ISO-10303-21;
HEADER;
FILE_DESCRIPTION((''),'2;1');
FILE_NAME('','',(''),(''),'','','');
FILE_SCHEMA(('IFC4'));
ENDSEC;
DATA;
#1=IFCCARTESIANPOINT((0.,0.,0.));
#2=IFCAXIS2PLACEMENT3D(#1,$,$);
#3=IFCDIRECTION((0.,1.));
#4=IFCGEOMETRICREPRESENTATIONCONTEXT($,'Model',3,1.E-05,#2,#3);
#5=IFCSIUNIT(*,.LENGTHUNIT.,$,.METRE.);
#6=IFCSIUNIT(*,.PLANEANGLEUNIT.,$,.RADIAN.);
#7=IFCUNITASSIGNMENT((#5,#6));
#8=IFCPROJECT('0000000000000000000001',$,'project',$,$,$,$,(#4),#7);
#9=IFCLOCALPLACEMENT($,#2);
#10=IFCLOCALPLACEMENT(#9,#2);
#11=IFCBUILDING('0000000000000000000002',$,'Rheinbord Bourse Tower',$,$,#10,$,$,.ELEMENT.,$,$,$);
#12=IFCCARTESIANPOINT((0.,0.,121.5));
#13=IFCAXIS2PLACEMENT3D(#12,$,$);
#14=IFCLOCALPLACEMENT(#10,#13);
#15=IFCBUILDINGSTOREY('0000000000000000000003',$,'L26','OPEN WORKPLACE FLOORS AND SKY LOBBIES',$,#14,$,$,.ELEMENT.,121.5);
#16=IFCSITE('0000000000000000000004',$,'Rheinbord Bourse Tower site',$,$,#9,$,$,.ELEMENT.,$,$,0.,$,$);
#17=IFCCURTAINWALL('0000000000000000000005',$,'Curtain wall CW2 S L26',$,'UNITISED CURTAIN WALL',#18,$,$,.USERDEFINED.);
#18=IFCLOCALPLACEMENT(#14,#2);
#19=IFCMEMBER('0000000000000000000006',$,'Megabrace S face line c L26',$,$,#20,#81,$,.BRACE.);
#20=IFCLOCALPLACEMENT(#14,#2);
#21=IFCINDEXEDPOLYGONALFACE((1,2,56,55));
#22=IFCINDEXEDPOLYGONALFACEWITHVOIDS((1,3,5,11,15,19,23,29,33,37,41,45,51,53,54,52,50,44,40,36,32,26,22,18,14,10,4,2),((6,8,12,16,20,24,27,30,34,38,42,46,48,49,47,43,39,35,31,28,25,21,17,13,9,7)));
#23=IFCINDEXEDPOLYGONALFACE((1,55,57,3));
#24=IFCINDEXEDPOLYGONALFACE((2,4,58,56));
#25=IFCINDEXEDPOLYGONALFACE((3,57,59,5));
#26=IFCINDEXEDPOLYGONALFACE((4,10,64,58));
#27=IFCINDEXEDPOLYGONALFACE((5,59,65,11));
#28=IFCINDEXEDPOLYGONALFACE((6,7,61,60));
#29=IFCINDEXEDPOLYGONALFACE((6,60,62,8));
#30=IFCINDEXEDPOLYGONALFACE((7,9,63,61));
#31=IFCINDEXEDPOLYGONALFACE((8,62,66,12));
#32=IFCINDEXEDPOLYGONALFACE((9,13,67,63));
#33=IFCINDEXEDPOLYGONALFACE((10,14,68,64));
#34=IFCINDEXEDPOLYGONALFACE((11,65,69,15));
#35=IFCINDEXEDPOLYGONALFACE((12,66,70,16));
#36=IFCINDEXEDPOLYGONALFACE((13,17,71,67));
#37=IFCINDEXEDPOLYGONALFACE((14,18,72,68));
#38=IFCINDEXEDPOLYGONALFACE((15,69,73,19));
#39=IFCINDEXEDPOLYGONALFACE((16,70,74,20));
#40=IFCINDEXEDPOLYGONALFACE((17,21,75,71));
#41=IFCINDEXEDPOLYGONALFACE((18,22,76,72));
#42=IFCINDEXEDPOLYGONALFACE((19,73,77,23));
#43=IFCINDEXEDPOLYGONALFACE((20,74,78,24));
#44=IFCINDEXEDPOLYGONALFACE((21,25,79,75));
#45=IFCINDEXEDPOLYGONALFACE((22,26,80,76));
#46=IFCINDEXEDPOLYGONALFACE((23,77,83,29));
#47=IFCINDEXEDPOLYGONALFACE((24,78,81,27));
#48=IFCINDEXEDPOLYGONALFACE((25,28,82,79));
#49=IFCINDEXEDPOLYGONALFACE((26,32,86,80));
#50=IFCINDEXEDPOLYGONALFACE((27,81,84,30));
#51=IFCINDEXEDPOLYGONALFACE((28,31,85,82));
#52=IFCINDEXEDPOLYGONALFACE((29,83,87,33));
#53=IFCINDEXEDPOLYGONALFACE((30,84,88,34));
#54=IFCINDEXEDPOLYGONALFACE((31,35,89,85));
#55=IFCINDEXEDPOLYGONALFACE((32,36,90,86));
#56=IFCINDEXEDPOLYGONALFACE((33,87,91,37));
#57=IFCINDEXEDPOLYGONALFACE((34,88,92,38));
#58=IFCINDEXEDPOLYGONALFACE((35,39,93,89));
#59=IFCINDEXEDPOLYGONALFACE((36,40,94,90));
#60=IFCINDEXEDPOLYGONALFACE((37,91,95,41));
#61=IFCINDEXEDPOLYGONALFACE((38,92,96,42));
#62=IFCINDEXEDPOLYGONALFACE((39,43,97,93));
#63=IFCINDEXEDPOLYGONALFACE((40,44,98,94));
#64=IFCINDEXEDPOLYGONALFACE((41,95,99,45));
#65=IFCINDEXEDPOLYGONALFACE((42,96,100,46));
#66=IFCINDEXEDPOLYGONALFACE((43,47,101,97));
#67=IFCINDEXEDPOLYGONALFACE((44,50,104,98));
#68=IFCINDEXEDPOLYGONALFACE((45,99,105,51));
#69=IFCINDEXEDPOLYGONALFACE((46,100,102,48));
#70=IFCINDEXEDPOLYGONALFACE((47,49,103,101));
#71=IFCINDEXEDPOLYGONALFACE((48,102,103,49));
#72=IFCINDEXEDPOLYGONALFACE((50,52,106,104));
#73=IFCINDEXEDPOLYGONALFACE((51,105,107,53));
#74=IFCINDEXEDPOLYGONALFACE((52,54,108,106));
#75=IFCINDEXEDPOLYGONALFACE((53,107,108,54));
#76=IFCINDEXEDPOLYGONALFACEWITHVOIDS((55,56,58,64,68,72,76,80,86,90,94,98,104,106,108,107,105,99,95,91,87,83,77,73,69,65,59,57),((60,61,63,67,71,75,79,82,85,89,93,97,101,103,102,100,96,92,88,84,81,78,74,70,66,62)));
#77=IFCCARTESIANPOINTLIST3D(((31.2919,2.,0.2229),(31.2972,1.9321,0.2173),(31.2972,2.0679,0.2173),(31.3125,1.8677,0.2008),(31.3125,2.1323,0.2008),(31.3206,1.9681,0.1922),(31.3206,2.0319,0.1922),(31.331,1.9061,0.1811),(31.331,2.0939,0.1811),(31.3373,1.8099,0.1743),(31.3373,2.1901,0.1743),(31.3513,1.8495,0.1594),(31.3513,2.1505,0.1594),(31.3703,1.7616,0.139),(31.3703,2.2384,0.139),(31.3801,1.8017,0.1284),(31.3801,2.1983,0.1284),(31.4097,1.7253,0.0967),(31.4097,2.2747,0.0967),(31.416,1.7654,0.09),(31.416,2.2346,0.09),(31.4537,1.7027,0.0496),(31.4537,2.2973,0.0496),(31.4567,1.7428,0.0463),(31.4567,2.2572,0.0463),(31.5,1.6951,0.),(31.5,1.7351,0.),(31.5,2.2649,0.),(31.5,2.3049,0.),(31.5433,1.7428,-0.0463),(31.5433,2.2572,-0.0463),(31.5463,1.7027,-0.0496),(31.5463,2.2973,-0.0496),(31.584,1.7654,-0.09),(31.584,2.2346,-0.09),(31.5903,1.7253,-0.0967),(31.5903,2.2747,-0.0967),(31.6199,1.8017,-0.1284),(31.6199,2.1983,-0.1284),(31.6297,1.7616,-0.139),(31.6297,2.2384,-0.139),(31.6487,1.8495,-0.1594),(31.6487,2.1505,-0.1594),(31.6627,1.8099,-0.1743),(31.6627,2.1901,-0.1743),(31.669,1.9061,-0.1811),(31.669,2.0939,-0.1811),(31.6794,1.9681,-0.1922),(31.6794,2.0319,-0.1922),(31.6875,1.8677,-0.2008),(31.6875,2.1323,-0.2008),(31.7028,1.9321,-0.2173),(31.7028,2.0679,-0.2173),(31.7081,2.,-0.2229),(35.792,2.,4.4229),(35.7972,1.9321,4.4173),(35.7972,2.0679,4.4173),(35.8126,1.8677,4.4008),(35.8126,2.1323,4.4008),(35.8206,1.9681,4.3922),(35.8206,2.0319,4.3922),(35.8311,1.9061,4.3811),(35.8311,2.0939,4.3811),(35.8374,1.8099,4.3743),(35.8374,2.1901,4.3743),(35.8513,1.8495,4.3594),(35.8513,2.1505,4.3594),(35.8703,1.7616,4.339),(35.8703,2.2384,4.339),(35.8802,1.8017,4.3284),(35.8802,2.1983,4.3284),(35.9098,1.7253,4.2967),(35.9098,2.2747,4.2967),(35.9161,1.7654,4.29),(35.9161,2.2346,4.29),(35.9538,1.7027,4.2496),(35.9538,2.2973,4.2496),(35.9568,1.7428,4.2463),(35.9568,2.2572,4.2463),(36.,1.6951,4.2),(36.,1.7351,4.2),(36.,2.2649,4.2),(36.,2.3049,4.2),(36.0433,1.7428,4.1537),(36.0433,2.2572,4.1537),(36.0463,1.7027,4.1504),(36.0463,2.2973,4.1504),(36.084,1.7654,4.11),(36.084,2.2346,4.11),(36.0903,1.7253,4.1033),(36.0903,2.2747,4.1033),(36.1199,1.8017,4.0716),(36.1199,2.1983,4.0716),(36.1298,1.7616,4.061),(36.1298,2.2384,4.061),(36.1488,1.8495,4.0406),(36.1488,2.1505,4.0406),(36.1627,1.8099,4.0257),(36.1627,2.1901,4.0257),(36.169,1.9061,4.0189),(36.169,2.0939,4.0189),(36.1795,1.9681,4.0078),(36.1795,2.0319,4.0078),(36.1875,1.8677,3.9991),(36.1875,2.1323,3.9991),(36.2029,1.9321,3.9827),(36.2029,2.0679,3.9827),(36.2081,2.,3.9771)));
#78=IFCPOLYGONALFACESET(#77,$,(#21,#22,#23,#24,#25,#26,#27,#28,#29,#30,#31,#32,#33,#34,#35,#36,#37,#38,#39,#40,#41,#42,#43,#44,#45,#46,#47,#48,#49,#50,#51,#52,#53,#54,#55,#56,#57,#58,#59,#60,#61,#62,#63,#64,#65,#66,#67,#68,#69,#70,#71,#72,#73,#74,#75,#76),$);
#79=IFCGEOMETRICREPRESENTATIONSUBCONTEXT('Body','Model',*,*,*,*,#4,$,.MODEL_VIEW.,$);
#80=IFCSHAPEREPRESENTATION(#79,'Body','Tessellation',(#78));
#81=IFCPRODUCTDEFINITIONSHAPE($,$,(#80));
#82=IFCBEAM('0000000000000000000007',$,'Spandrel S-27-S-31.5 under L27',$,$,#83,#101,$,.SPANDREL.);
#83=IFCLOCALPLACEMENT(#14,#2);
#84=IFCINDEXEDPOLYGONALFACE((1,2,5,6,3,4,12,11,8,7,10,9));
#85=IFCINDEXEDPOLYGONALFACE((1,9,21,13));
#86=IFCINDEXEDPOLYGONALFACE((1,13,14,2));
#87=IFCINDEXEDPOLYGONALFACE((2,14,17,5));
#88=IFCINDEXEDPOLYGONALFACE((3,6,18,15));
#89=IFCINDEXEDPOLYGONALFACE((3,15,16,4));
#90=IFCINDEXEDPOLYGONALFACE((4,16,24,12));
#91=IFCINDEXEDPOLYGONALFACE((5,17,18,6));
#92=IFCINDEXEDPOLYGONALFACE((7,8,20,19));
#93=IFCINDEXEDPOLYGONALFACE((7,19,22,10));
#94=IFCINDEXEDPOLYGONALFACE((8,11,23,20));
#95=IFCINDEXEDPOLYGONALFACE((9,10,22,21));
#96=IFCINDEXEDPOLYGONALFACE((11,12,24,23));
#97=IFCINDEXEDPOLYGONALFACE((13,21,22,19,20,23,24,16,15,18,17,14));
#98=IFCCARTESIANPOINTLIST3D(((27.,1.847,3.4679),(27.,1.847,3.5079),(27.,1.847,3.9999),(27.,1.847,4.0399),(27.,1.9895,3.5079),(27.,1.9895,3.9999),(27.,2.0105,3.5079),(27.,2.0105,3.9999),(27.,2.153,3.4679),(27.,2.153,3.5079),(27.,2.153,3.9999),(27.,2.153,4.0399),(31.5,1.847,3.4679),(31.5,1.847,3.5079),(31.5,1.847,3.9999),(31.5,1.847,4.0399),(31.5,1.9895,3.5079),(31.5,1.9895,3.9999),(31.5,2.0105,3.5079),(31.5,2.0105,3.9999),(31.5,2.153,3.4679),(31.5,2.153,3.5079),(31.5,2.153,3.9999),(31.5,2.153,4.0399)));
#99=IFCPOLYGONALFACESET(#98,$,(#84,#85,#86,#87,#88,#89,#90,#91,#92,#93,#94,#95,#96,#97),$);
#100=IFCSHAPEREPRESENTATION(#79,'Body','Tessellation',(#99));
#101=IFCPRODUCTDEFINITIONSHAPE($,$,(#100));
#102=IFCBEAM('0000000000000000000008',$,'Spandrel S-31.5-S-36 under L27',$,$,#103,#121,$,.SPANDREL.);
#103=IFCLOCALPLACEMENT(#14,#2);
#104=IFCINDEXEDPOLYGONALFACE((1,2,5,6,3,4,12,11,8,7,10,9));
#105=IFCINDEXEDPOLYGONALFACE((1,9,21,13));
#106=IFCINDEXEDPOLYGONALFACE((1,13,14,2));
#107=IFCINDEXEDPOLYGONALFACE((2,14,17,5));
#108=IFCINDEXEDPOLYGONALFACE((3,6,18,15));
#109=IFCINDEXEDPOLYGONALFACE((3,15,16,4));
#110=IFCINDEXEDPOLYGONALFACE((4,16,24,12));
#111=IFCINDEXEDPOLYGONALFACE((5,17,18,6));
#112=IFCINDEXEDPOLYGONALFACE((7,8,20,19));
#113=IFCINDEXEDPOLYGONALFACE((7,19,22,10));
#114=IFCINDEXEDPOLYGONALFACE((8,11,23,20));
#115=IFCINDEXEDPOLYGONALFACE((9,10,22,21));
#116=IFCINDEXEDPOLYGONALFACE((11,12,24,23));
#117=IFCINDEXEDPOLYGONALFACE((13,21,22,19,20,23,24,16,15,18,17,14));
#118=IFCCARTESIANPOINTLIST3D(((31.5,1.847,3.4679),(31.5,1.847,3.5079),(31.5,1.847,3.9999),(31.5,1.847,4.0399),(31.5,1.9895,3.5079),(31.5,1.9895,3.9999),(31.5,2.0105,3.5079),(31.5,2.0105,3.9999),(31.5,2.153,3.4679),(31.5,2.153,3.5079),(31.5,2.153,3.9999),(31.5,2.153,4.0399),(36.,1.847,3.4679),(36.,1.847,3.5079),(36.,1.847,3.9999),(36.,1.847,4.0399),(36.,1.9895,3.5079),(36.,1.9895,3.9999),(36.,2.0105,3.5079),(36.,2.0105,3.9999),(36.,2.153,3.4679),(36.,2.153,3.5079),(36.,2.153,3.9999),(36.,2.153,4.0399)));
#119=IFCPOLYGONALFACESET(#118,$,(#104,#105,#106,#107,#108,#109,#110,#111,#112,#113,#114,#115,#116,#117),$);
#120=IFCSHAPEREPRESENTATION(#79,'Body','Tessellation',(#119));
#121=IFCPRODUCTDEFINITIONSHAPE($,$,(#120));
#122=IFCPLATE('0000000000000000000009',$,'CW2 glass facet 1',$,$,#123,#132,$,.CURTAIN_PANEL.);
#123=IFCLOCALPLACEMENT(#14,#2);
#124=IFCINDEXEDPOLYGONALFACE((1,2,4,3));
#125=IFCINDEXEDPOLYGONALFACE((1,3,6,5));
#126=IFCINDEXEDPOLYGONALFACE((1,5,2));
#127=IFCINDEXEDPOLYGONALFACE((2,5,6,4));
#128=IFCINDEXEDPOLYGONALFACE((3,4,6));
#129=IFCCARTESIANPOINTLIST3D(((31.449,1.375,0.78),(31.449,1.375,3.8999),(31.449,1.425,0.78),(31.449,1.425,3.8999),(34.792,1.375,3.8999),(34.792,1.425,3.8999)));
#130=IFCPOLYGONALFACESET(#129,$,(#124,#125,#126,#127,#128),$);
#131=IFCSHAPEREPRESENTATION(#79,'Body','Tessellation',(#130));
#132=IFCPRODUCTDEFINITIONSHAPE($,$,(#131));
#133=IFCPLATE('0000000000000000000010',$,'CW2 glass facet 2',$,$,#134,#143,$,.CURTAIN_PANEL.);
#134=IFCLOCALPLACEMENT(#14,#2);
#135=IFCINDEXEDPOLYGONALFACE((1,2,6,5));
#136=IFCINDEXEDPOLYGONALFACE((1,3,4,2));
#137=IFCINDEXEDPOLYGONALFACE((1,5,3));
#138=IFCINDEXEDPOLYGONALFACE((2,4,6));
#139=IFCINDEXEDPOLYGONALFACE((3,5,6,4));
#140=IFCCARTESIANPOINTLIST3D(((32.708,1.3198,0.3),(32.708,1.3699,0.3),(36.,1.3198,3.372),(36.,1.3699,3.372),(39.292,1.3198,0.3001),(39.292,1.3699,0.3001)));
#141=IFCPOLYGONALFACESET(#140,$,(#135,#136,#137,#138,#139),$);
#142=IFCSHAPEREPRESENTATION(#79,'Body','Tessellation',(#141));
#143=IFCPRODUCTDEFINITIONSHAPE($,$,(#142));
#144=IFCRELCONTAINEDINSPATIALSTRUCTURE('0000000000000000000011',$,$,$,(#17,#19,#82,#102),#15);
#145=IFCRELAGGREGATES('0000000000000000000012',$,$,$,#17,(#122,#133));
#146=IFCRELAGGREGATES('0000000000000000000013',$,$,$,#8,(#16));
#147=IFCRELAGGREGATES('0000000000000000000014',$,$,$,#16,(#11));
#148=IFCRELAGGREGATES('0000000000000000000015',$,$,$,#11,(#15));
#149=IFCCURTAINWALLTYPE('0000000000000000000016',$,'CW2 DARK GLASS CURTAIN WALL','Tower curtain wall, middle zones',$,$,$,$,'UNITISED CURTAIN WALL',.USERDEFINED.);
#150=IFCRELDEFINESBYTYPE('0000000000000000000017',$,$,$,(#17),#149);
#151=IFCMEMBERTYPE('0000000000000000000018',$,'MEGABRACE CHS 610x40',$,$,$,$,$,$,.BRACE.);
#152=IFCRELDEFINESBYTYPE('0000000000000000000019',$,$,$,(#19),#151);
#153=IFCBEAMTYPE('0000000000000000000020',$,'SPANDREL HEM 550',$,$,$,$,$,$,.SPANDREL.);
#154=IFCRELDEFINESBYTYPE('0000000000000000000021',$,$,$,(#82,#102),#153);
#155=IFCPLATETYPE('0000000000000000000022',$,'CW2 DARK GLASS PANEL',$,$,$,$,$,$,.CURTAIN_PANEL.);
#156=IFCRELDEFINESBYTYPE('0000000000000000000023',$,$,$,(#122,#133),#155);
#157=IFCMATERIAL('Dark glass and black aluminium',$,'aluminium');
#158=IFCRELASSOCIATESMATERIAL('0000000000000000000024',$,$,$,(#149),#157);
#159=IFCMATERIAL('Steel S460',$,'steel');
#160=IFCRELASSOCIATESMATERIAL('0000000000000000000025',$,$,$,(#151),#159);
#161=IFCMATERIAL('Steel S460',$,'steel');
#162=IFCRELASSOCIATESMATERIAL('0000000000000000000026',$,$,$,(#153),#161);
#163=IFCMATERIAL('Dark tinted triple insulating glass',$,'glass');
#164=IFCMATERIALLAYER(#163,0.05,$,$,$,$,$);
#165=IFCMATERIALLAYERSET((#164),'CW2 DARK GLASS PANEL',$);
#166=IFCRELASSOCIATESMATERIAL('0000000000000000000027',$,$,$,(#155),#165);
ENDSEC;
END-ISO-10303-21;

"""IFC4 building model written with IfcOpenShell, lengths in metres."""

from ifc_helpers import new_model, si_unit, direction, frame, origin, origin_2d, place, context, subcontext, project, spatial, polyline, hollow_circle, i_section, outline, extrude, material, layer, layer_set, material_profile, profile_set, type_object, element, aggregate, save


model = new_model("IFC4")

# Units and contexts
model_context = context("Model", 3, precision=1e-05, world=origin(), true_north=direction((0.0, 1.0)))
body_context = subcontext(model_context, "Body", "Model", "MODEL_VIEW")
ifc_project = project(units=[si_unit("LENGTHUNIT", "METRE"), si_unit("PLANEANGLEUNIT", "RADIAN")], contexts=[model_context])

# Site, building, storey
site_placement = place(None, origin())
site = spatial("IfcSite", under=ifc_project, at=site_placement, Name="Rheinbord Bourse Tower site", CompositionType="ELEMENT", RefElevation=0.0)
building_placement = place(site_placement, origin())
building = spatial("IfcBuilding", under=site, at=building_placement, Name="Rheinbord Bourse Tower", CompositionType="ELEMENT")
storey_placement = place(building_placement, frame((0.0, 0.0, 121.5)))
storey = spatial("IfcBuildingStorey", under=building, at=storey_placement, Name="L26", Description="OPEN WORKPLACE FLOORS AND SKY LOBBIES", CompositionType="ELEMENT", Elevation=121.5)

# Curtain wall
ifc_material_1 = material(Name="Dark glass and black aluminium", Category="aluminium")
curtain_wall_type = type_object("IfcCurtainWallType", Name="CW2 DARK GLASS CURTAIN WALL", Description="Tower curtain wall, middle zones", ElementType="UNITISED CURTAIN WALL", PredefinedType="USERDEFINED", material=ifc_material_1)
curtain_wall_placement = place(storey_placement, origin())
curtain_wall = element("IfcCurtainWall", 1, at=curtain_wall_placement, inside=storey, type_object=curtain_wall_type, Name="Curtain wall CW2 S L26", ObjectType="UNITISED CURTAIN WALL", PredefinedType="USERDEFINED")

# Member
ifc_material_2 = material(Name="Steel S460", Category="steel")
ifc_material_profile_1 = material_profile(ifc_material_2, hollow_circle(Radius=0.3049, WallThickness=0.04, at=origin_2d()), Name="CHS 610x40")
ifc_profile_set_1 = profile_set([ifc_material_profile_1], Name="Steel S460")
member_type_1 = type_object("IfcMemberType", Name="MEGABRACE CHS 610x40", PredefinedType="BRACE", material=ifc_profile_set_1)
member_1_placement = place(storey_placement, frame((31.5, 2.0, 0.0), z_axis=(0.731059, 0.0, 0.682314), x_axis=(0.0, 1.0, 0.0)))
element("IfcMember", 2, at=member_1_placement, inside=storey, type_object=member_type_1, Name="Megabrace S face line c L26", PredefinedType="BRACE", context=body_context, shape_type="SweptSolid", body=[
    extrude(hollow_circle(Radius=0.3049, WallThickness=0.04, at=origin_2d()), origin(), (0.0, 0.0, 1.0), 6.1555),
])

# Beams
ifc_material_3 = material(Name="Steel S460", Category="steel")
ifc_material_profile_2 = material_profile(ifc_material_3, i_section(OverallWidth=0.3059, OverallDepth=0.572, WebThickness=0.021, FlangeThickness=0.04, at=origin_2d()), Name="HEM 550")
ifc_profile_set_2 = profile_set([ifc_material_profile_2], Name="Steel S460")
beam_type_1 = type_object("IfcBeamType", Name="SPANDREL HEM 550", PredefinedType="SPANDREL", material=ifc_profile_set_2)
for number, where, z_axis, x_axis, name in (
    (3, (27.0, 2.0, 3.7539), (1.0, 0.0, 0.0), (0.0, 1.0, 0.0), "Spandrel S-27-S-31.5 under L27"),
    (4, (31.5, 2.0, 3.7539), (1.0, 0.0, 0.0), (0.0, 1.0, 0.0), "Spandrel S-31.5-S-36 under L27"),
):
    element("IfcBeam", number, at=place(storey_placement, frame(where, z_axis=z_axis, x_axis=x_axis)), inside=storey, type_object=beam_type_1, Name=name, PredefinedType="SPANDREL", context=body_context, shape_type="SweptSolid", body=[
        extrude(i_section(OverallWidth=0.3059, OverallDepth=0.572, WebThickness=0.021, FlangeThickness=0.04, at=origin_2d()), origin(), (0.0, 0.0, 1.0), 4.5),
    ])

# Plates
ifc_material_4 = material(Name="Dark tinted triple insulating glass", Category="glass")
ifc_layer = layer(ifc_material_4, 0.05)
ifc_layer_set = layer_set([ifc_layer], Name="CW2 DARK GLASS PANEL")
plate_type = type_object("IfcPlateType", Name="CW2 DARK GLASS PANEL", PredefinedType="CURTAIN_PANEL", material=ifc_layer_set)
plate_1_placement = place(storey_placement, frame((31.449, 1.375, 3.8999), z_axis=(0.0, 1.0, 0.0), x_axis=(1.0, 0.0, 0.0)))
plate_1 = element("IfcPlate", 5, at=plate_1_placement, type_object=plate_type, Name="CW2 glass facet 1", PredefinedType="CURTAIN_PANEL", context=body_context, shape_type="SweptSolid", body=[
    extrude(outline(polyline([(0.0, 0.0), (3.343, 0.0), (0.0, 3.1199), (0.0, 0.0)])), origin(), (0.0, 0.0, 1.0), 0.05),
])
plate_2_placement = place(storey_placement, frame((32.708, 1.3198, 0.3), z_axis=(0.0, 1.0, 0.0), x_axis=(0.731111, 0.0, 0.682258)))
plate_2 = element("IfcPlate", 6, at=plate_2_placement, type_object=plate_type, Name="CW2 glass facet 2", PredefinedType="CURTAIN_PANEL", context=body_context, shape_type="SweptSolid", body=[
    extrude(outline(polyline([(0.0, 0.0), (4.5027, 0.0), (4.8137, 4.4919), (0.0, 0.0)])), origin(), (0.0, 0.0, 1.0), 0.05),
])
aggregate(curtain_wall, [plate_1, plate_2])

save(model, "model.ifc")
